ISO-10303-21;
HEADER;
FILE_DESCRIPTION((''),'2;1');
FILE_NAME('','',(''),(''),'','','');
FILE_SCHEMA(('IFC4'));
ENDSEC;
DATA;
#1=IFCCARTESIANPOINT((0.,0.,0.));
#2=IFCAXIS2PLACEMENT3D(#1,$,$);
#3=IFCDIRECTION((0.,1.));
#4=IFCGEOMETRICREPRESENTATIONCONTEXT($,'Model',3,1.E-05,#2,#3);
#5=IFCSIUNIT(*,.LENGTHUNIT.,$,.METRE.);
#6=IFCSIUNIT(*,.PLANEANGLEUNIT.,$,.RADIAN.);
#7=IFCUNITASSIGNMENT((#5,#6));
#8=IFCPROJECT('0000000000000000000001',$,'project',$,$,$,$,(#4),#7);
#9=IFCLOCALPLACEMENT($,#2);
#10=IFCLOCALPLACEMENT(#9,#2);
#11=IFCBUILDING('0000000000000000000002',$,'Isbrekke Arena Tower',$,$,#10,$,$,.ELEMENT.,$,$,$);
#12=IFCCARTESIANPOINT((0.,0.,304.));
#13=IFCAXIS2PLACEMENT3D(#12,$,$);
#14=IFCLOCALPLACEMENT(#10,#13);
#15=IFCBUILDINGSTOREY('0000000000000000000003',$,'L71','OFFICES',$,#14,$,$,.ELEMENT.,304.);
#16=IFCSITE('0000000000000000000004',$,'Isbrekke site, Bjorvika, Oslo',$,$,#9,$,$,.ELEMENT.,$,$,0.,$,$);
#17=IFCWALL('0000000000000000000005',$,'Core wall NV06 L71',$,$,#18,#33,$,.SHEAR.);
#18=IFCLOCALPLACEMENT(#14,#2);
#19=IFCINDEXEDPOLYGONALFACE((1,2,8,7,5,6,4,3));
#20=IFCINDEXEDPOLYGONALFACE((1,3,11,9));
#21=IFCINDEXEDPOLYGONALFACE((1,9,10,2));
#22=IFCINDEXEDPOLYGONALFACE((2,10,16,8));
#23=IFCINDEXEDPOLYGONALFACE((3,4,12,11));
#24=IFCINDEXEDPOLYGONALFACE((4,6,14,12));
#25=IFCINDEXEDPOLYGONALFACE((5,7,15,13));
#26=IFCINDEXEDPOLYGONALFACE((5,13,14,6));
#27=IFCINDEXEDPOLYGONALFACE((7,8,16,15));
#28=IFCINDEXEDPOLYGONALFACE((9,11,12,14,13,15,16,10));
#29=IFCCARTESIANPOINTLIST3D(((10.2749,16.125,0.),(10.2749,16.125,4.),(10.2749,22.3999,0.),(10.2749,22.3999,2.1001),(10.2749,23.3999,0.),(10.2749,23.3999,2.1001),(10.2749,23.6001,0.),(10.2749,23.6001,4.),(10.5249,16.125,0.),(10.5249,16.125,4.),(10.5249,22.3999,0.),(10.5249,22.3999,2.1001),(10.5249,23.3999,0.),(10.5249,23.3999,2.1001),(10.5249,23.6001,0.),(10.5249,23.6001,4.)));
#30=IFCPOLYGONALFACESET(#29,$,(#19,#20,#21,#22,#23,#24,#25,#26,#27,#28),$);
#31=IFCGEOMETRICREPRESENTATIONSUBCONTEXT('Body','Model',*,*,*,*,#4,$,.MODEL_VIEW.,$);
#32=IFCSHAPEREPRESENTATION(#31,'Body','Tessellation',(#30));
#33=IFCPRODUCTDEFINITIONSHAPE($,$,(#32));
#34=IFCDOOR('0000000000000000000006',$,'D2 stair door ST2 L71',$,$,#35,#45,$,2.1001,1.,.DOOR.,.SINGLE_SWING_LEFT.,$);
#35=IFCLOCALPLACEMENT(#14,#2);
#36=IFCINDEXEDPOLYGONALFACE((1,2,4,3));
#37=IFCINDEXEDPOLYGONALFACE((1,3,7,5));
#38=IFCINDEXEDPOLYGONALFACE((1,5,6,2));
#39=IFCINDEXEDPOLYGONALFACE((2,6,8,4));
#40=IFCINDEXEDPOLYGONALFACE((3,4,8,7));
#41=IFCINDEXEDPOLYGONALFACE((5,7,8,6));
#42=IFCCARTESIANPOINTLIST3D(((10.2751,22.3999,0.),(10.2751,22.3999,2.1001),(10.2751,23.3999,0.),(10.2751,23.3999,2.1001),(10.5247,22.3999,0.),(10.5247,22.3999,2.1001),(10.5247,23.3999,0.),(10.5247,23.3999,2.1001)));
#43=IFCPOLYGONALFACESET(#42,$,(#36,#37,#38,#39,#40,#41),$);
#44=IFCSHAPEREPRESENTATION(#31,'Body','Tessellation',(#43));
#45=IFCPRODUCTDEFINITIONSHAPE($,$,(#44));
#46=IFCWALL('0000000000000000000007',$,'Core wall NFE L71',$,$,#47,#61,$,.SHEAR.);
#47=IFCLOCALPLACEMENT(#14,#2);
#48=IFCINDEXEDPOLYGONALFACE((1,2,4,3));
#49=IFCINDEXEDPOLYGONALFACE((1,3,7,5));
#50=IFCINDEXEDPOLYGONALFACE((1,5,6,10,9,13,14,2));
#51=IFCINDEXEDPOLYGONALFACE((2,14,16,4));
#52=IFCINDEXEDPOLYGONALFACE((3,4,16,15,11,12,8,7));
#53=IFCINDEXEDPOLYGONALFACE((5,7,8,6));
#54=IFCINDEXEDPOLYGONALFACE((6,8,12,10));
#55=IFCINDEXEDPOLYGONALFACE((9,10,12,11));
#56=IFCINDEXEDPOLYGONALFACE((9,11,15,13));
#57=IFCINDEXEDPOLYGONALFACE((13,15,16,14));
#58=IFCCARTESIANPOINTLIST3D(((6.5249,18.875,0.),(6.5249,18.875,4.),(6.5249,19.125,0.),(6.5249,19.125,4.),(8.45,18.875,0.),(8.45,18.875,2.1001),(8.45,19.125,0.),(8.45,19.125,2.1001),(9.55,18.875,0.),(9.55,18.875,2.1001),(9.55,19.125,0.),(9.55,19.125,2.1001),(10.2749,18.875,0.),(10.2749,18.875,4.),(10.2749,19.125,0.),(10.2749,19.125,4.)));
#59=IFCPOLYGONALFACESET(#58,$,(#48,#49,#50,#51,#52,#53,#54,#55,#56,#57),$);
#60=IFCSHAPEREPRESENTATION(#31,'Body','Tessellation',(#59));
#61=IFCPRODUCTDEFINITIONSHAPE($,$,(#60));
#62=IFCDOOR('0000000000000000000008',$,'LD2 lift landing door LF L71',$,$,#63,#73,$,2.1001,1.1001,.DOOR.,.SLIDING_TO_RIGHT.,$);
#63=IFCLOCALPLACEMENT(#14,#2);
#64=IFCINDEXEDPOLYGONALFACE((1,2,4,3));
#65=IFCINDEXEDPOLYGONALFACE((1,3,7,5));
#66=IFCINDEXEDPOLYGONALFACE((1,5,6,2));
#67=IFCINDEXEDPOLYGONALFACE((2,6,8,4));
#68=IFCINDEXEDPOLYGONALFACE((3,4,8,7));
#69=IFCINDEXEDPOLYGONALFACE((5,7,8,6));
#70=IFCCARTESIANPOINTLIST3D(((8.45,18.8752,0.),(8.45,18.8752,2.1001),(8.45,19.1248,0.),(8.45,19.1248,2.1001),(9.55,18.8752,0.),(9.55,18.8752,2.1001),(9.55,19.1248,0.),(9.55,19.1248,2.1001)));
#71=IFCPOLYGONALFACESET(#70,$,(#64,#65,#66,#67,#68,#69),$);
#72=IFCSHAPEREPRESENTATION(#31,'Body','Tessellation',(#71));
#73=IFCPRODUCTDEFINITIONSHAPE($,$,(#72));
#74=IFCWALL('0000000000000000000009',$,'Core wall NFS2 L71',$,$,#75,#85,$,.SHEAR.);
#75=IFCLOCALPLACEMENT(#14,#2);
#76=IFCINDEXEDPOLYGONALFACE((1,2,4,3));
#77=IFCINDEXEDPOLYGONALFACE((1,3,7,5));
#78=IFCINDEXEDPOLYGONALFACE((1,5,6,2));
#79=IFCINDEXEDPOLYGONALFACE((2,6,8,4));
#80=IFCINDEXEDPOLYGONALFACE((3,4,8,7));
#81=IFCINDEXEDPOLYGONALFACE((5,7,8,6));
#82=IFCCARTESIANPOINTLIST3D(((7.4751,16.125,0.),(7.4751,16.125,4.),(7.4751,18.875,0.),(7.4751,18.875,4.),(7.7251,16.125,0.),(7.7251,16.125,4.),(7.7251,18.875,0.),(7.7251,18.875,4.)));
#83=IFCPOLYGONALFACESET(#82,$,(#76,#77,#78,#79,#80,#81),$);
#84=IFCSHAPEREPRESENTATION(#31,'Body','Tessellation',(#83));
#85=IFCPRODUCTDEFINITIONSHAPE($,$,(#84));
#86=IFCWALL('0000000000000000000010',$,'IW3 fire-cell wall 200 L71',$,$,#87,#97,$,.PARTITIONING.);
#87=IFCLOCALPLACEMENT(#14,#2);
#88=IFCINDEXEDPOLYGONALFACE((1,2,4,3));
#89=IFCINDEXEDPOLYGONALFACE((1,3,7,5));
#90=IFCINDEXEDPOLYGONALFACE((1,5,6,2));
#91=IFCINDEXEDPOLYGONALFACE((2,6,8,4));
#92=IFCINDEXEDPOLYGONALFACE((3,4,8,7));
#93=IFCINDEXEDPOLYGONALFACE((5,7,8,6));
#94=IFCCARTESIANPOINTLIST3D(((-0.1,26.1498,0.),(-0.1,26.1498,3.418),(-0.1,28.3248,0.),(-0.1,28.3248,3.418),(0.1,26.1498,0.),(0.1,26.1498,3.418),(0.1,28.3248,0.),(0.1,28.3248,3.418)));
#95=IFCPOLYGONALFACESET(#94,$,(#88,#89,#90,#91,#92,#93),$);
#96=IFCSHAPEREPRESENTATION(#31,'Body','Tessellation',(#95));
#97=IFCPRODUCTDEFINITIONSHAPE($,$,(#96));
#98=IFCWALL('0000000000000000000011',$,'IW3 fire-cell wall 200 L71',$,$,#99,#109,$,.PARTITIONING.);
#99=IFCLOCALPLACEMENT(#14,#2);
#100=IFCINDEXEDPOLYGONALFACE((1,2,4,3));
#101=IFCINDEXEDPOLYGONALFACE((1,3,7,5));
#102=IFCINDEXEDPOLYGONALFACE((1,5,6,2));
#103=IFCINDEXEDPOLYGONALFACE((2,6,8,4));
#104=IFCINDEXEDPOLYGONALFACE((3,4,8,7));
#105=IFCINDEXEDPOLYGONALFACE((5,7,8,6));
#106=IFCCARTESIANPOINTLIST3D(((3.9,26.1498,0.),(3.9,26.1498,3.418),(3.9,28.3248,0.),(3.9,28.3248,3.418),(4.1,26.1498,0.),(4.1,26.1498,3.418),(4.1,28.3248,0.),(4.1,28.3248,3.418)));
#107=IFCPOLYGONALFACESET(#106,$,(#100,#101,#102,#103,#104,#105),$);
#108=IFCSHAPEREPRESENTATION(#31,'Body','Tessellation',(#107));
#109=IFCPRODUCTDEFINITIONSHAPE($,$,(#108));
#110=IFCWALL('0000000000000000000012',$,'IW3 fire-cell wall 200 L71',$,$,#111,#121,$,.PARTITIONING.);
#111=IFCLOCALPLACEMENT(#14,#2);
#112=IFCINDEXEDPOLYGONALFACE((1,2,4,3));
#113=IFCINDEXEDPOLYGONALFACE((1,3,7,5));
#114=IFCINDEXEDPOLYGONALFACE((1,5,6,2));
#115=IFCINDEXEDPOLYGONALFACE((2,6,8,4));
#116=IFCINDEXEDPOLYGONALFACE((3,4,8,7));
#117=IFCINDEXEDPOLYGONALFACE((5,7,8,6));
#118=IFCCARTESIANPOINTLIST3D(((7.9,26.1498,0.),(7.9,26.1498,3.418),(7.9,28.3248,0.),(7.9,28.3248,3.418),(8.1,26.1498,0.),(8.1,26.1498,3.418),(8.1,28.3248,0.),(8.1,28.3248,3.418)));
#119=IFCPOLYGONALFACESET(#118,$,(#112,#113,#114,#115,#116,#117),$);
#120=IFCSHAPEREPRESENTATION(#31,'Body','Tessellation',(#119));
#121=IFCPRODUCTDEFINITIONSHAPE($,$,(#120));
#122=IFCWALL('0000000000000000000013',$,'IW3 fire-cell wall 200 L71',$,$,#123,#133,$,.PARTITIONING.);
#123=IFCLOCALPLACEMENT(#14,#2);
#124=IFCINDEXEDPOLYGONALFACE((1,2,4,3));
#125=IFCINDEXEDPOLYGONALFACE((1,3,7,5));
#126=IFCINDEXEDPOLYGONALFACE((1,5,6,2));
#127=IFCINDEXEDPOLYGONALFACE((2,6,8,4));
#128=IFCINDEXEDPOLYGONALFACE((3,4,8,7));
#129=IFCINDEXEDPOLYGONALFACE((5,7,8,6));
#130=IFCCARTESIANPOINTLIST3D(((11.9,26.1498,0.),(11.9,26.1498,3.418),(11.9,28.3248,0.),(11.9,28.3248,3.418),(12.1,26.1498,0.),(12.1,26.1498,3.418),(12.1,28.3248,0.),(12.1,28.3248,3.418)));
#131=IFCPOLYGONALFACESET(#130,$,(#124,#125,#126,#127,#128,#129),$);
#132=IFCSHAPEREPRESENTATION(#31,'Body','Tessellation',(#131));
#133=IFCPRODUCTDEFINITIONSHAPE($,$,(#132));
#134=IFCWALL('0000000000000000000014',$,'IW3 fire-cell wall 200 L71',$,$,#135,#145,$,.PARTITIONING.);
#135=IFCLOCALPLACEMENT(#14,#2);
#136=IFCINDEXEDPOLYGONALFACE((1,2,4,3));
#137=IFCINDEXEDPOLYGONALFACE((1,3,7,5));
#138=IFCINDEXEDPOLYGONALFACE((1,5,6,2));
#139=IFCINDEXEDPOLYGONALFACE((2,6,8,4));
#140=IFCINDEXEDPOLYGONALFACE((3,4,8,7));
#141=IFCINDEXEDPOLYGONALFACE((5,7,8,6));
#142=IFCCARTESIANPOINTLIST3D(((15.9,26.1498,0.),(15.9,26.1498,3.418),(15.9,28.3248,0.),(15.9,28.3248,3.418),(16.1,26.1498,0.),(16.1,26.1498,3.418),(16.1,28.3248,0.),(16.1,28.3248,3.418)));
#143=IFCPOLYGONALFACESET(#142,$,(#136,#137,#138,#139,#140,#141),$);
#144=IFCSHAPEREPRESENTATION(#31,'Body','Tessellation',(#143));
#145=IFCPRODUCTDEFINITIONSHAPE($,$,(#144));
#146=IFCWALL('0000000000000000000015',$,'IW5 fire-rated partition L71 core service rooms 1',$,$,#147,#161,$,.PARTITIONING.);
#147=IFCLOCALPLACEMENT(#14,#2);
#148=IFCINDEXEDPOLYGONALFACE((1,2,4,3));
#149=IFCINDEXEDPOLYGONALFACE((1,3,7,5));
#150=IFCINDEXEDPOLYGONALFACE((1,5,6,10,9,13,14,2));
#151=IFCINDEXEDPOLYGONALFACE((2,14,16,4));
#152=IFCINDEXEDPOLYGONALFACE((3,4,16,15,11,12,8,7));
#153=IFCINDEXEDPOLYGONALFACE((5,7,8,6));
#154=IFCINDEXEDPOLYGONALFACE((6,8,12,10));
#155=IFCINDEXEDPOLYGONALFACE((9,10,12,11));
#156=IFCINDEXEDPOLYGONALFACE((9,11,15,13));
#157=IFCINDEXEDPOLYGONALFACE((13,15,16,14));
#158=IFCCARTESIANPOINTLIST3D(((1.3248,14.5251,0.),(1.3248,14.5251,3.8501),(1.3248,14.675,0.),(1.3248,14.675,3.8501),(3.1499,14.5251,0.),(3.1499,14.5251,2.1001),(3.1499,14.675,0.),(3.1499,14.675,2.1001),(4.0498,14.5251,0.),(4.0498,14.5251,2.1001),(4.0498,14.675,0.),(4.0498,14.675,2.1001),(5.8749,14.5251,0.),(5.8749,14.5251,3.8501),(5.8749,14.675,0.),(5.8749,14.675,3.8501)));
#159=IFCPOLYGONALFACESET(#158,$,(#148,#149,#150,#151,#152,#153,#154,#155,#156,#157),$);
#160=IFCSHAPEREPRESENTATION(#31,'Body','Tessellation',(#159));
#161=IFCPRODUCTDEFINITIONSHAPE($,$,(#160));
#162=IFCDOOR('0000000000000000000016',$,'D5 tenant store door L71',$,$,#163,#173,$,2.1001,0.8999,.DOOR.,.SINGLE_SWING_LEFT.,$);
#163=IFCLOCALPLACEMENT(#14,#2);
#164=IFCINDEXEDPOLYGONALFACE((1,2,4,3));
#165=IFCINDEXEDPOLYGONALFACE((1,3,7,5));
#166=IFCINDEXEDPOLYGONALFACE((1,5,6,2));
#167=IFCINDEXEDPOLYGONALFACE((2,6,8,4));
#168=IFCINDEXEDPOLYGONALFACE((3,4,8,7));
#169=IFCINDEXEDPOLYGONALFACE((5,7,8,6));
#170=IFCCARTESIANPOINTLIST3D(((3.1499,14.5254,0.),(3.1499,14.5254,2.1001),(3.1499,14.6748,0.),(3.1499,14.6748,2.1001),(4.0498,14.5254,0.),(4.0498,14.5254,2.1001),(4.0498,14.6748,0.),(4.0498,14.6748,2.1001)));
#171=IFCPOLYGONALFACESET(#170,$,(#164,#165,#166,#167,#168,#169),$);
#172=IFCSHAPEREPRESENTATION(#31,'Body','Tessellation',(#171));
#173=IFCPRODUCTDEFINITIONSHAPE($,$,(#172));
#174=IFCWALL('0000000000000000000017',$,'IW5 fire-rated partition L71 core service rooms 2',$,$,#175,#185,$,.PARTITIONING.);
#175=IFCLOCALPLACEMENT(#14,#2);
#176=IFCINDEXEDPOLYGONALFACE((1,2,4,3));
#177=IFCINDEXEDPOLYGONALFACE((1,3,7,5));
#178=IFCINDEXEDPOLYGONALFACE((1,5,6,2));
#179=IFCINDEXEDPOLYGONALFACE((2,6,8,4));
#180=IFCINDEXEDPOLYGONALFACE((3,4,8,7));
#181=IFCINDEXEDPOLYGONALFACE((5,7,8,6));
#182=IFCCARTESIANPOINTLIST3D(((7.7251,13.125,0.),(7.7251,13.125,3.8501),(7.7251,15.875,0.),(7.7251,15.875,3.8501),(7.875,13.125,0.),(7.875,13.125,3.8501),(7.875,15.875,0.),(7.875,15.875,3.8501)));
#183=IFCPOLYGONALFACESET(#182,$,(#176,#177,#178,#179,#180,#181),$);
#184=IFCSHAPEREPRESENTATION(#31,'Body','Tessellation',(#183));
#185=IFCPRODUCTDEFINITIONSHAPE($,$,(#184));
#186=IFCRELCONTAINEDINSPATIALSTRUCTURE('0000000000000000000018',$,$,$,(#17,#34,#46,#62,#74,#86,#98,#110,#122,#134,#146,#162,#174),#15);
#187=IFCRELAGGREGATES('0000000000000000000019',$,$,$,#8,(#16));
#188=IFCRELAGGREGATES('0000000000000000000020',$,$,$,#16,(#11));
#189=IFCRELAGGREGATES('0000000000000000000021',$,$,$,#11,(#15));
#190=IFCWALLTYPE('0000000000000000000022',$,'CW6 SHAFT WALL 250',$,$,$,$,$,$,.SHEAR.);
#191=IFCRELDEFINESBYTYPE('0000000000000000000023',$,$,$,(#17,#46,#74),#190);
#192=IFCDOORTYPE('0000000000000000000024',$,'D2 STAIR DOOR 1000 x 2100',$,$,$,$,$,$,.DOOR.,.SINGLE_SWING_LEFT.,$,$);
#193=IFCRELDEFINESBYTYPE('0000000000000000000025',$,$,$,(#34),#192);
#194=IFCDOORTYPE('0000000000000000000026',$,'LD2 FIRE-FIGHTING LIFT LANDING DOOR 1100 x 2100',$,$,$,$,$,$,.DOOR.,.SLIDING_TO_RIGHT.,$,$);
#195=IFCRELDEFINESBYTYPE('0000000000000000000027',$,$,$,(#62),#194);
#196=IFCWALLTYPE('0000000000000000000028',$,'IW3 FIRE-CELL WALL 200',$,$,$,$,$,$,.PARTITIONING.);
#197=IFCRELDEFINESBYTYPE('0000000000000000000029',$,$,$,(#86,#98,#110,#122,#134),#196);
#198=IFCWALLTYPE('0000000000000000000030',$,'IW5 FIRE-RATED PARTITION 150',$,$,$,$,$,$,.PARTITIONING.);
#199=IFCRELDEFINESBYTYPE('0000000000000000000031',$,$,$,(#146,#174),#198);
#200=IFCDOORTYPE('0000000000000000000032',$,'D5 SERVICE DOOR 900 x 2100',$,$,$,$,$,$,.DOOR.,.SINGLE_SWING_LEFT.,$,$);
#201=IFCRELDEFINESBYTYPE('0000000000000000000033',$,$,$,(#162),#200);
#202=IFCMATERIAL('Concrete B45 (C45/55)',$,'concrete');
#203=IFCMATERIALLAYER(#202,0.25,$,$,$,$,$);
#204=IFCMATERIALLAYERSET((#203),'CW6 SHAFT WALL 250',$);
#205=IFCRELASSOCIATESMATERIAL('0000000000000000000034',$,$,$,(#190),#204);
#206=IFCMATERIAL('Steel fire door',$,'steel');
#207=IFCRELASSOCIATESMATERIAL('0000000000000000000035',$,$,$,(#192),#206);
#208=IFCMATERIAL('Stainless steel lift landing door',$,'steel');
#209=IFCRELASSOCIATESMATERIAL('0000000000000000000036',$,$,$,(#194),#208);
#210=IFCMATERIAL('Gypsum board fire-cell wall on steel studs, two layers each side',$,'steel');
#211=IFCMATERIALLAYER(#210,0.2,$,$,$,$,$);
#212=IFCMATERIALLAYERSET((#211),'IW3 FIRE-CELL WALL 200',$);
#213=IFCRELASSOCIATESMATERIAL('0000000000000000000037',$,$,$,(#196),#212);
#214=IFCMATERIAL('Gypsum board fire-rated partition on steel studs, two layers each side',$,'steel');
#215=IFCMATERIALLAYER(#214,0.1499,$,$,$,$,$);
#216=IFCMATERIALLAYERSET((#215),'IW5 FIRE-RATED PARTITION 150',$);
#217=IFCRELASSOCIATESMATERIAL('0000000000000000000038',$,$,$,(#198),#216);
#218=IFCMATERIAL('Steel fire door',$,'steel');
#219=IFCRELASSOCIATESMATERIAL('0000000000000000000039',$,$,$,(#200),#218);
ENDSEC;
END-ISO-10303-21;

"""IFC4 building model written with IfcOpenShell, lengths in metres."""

from ifc_helpers import new_model, si_unit, direction, frame, frame_2d, origin, place, context, subcontext, project, spatial, rectangle, extrude, material, layer, layer_set, type_object, element, fill, save


model = new_model("IFC4")

# Units and contexts
model_context = context("Model", 3, precision=1e-05, world=origin(), true_north=direction((0.0, 1.0)))
body_context = subcontext(model_context, "Body", "Model", "MODEL_VIEW")
ifc_project = project(units=[si_unit("LENGTHUNIT", "METRE"), si_unit("PLANEANGLEUNIT", "RADIAN")], contexts=[model_context])

# Site, building, storey
site_placement = place(None, origin())
site = spatial("IfcSite", under=ifc_project, at=site_placement, Name="Isbrekke site, Bjorvika, Oslo", CompositionType="ELEMENT", RefElevation=0.0)
building_placement = place(site_placement, origin())
building = spatial("IfcBuilding", under=site, at=building_placement, Name="Isbrekke Arena Tower", CompositionType="ELEMENT")
storey_placement = place(building_placement, frame((0.0, 0.0, 304.0)))
storey = spatial("IfcBuildingStorey", under=building, at=storey_placement, Name="L71", Description="OFFICES", CompositionType="ELEMENT", Elevation=304.0)

# Shared definitions
ifc_material_1 = material(Name="Concrete B45 (C45/55)", Category="concrete")
ifc_layer_1 = layer(ifc_material_1, 0.25)
ifc_layer_set_1 = layer_set([ifc_layer_1], Name="CW6 SHAFT WALL 250")
wall_type_1 = type_object("IfcWallType", Name="CW6 SHAFT WALL 250", PredefinedType="SHEAR", material=ifc_layer_set_1)

# Walls, openings, doors
wall_1_placement = place(storey_placement, frame((10.3999, 16.125, 0.0), z_axis=(0.0, 0.0, 1.0), x_axis=(0.0, 1.0, 0.0)))
wall_1 = element("IfcWall", 1, at=wall_1_placement, inside=storey, type_object=wall_type_1, Name="Core wall NV06 L71", PredefinedType="SHEAR", context=body_context, shape_type="SweptSolid", body=[
    extrude(rectangle(XDim=7.4751, YDim=0.25, at=frame_2d((3.7375, 0.0))), origin(), (0.0, 0.0, 1.0), 4.0),
])
opening_1_placement = place(wall_1_placement, frame((6.2749, 0.0, 0.0)))
opening_1 = element("IfcOpeningElement", 2, at=opening_1_placement, cuts=wall_1, PredefinedType="OPENING", context=body_context, shape_type="SweptSolid", body=[
    extrude(rectangle(XDim=1.0, YDim=2.1001, at=frame_2d((0.5, 1.05))), frame((0.0, 0.1399, 0.0), z_axis=(0.0, -1.0, 0.0), x_axis=(1.0, 0.0, 0.0)), (0.0, 0.0, 1.0), 0.2798),
])
ifc_material_2 = material(Name="Steel fire door", Category="steel")
door_type_1 = type_object("IfcDoorType", Name="D2 STAIR DOOR 1000 x 2100", OperationType="SINGLE_SWING_LEFT", PredefinedType="DOOR", material=ifc_material_2)
door_1_placement = place(opening_1_placement, origin())
door_1 = element("IfcDoor", 3, at=door_1_placement, inside=storey, type_object=door_type_1, Name="D2 stair door ST2 L71", OperationType="SINGLE_SWING_LEFT", OverallHeight=2.1001, OverallWidth=1.0, PredefinedType="DOOR", context=body_context, shape_type="SweptSolid", body=[
    extrude(rectangle(XDim=1.0, YDim=2.1001, at=frame_2d((0.5, 1.05))), frame((0.0, 0.1248, 0.0), z_axis=(0.0, -1.0, 0.0), x_axis=(1.0, 0.0, 0.0)), (0.0, 0.0, 1.0), 0.2495),
])
fill(opening_1, door_1)
wall_2_placement = place(storey_placement, frame((6.5249, 19.0, 0.0), z_axis=(0.0, 0.0, 1.0), x_axis=(1.0, 0.0, 0.0)))
wall_2 = element("IfcWall", 4, at=wall_2_placement, inside=storey, type_object=wall_type_1, Name="Core wall NFE L71", PredefinedType="SHEAR", context=body_context, shape_type="SweptSolid", body=[
    extrude(rectangle(XDim=3.75, YDim=0.25, at=frame_2d((1.875, 0.0))), origin(), (0.0, 0.0, 1.0), 4.0),
])
opening_2_placement = place(wall_2_placement, frame((1.925, 0.0, 0.0)))
opening_2 = element("IfcOpeningElement", 5, at=opening_2_placement, cuts=wall_2, PredefinedType="OPENING", context=body_context, shape_type="SweptSolid", body=[
    extrude(rectangle(XDim=1.1001, YDim=2.1001, at=frame_2d((0.55, 1.05))), frame((0.0, 0.1399, 0.0), z_axis=(0.0, -1.0, 0.0), x_axis=(1.0, 0.0, 0.0)), (0.0, 0.0, 1.0), 0.2798),
])
ifc_material_3 = material(Name="Stainless steel lift landing door", Category="steel")
door_type_2 = type_object("IfcDoorType", Name="LD2 FIRE-FIGHTING LIFT LANDING DOOR 1100 x 2100", OperationType="SLIDING_TO_RIGHT", PredefinedType="DOOR", material=ifc_material_3)
door_2_placement = place(opening_2_placement, origin())
door_2 = element("IfcDoor", 6, at=door_2_placement, inside=storey, type_object=door_type_2, Name="LD2 lift landing door LF L71", OperationType="SLIDING_TO_RIGHT", OverallHeight=2.1001, OverallWidth=1.1001, PredefinedType="DOOR", context=body_context, shape_type="SweptSolid", body=[
    extrude(rectangle(XDim=1.1001, YDim=2.1001, at=frame_2d((0.55, 1.05))), frame((0.0, 0.1248, 0.0), z_axis=(0.0, -1.0, 0.0), x_axis=(1.0, 0.0, 0.0)), (0.0, 0.0, 1.0), 0.2495),
])
fill(opening_2, door_2)

# Walls
wall_3_placement = place(storey_placement, frame((7.6001, 16.125, 0.0), z_axis=(0.0, 0.0, 1.0), x_axis=(0.0, 1.0, 0.0)))
element("IfcWall", 7, at=wall_3_placement, inside=storey, type_object=wall_type_1, Name="Core wall NFS2 L71", PredefinedType="SHEAR", context=body_context, shape_type="SweptSolid", body=[
    extrude(rectangle(XDim=2.75, YDim=0.25, at=frame_2d((1.375, 0.0))), origin(), (0.0, 0.0, 1.0), 4.0),
])
ifc_material_4 = material(Name="Gypsum board fire-cell wall on steel studs, two layers each side", Category="steel")
ifc_layer_2 = layer(ifc_material_4, 0.2)
ifc_layer_set_2 = layer_set([ifc_layer_2], Name="IW3 FIRE-CELL WALL 200")
wall_type_2 = type_object("IfcWallType", Name="IW3 FIRE-CELL WALL 200", PredefinedType="PARTITIONING", material=ifc_layer_set_2)
for number, where, z_axis, x_axis, name in (
    (8, (0.0, 26.1499, 0.0), (0.0, 0.0, 1.0), (0.0, 1.0, 0.0), "IW3 fire-cell wall 200 L71"),
    (9, (4.0, 26.1499, 0.0), (0.0, 0.0, 1.0), (0.0, 1.0, 0.0), "IW3 fire-cell wall 200 L71"),
    (10, (8.0, 26.1499, 0.0), (0.0, 0.0, 1.0), (0.0, 1.0, 0.0), "IW3 fire-cell wall 200 L71"),
    (11, (12.0, 26.1499, 0.0), (0.0, 0.0, 1.0), (0.0, 1.0, 0.0), "IW3 fire-cell wall 200 L71"),
    (12, (16.0, 26.1499, 0.0), (0.0, 0.0, 1.0), (0.0, 1.0, 0.0), "IW3 fire-cell wall 200 L71"),
):
    element("IfcWall", number, at=place(storey_placement, frame(where, z_axis=z_axis, x_axis=x_axis)), inside=storey, type_object=wall_type_2, Name=name, PredefinedType="PARTITIONING", context=body_context, shape_type="SweptSolid", body=[
        extrude(rectangle(XDim=2.175, YDim=0.2, at=frame_2d((1.0874, 0.0))), origin(), (0.0, 0.0, 1.0), 3.418),
    ])

# Wall, opening, door
ifc_material_5 = material(Name="Gypsum board fire-rated partition on steel studs, two layers each side", Category="steel")
ifc_layer_3 = layer(ifc_material_5, 0.1499)
ifc_layer_set_3 = layer_set([ifc_layer_3], Name="IW5 FIRE-RATED PARTITION 150")
wall_type_3 = type_object("IfcWallType", Name="IW5 FIRE-RATED PARTITION 150", PredefinedType="PARTITIONING", material=ifc_layer_set_3)
wall_4_placement = place(storey_placement, frame((1.325, 14.6001, 0.0), z_axis=(0.0, 0.0, 1.0), x_axis=(1.0, 0.0, 0.0)))
wall_4 = element("IfcWall", 13, at=wall_4_placement, inside=storey, type_object=wall_type_3, Name="IW5 fire-rated partition L71 core service rooms 1", PredefinedType="PARTITIONING", context=body_context, shape_type="SweptSolid", body=[
    extrude(rectangle(XDim=4.55, YDim=0.1499, at=frame_2d((2.2749, 0.0))), origin(), (0.0, 0.0, 1.0), 3.8501),
])
opening_3_placement = place(wall_4_placement, frame((1.825, 0.0, 0.0)))
opening_3 = element("IfcOpeningElement", 14, at=opening_3_placement, cuts=wall_4, PredefinedType="OPENING", context=body_context, shape_type="SweptSolid", body=[
    extrude(rectangle(XDim=0.8999, YDim=2.1001, at=frame_2d((0.45, 1.05))), frame((0.0, 0.0898, 0.0), z_axis=(0.0, -1.0, 0.0), x_axis=(1.0, 0.0, 0.0)), (0.0, 0.0, 1.0), 0.1797),
])
ifc_material_6 = material(Name="Steel fire door", Category="steel")
door_type_3 = type_object("IfcDoorType", Name="D5 SERVICE DOOR 900 x 2100", OperationType="SINGLE_SWING_LEFT", PredefinedType="DOOR", material=ifc_material_6)
door_3_placement = place(opening_3_placement, origin())
door_3 = element("IfcDoor", 15, at=door_3_placement, inside=storey, type_object=door_type_3, Name="D5 tenant store door L71", OperationType="SINGLE_SWING_LEFT", OverallHeight=2.1001, OverallWidth=0.8999, PredefinedType="DOOR", context=body_context, shape_type="SweptSolid", body=[
    extrude(rectangle(XDim=0.8999, YDim=2.1001, at=frame_2d((0.45, 1.05))), frame((0.0, 0.0747, 0.0), z_axis=(0.0, -1.0, 0.0), x_axis=(1.0, 0.0, 0.0)), (0.0, 0.0, 1.0), 0.1494),
])
fill(opening_3, door_3)

# Wall
wall_5_placement = place(storey_placement, frame((7.8, 13.125, 0.0), z_axis=(0.0, 0.0, 1.0), x_axis=(0.0, 1.0, 0.0)))
element("IfcWall", 16, at=wall_5_placement, inside=storey, type_object=wall_type_3, Name="IW5 fire-rated partition L71 core service rooms 2", PredefinedType="PARTITIONING", context=body_context, shape_type="SweptSolid", body=[
    extrude(rectangle(XDim=2.75, YDim=0.1499, at=frame_2d((1.375, 0.0))), origin(), (0.0, 0.0, 1.0), 3.8501),
])

save(model, "model.ifc")
